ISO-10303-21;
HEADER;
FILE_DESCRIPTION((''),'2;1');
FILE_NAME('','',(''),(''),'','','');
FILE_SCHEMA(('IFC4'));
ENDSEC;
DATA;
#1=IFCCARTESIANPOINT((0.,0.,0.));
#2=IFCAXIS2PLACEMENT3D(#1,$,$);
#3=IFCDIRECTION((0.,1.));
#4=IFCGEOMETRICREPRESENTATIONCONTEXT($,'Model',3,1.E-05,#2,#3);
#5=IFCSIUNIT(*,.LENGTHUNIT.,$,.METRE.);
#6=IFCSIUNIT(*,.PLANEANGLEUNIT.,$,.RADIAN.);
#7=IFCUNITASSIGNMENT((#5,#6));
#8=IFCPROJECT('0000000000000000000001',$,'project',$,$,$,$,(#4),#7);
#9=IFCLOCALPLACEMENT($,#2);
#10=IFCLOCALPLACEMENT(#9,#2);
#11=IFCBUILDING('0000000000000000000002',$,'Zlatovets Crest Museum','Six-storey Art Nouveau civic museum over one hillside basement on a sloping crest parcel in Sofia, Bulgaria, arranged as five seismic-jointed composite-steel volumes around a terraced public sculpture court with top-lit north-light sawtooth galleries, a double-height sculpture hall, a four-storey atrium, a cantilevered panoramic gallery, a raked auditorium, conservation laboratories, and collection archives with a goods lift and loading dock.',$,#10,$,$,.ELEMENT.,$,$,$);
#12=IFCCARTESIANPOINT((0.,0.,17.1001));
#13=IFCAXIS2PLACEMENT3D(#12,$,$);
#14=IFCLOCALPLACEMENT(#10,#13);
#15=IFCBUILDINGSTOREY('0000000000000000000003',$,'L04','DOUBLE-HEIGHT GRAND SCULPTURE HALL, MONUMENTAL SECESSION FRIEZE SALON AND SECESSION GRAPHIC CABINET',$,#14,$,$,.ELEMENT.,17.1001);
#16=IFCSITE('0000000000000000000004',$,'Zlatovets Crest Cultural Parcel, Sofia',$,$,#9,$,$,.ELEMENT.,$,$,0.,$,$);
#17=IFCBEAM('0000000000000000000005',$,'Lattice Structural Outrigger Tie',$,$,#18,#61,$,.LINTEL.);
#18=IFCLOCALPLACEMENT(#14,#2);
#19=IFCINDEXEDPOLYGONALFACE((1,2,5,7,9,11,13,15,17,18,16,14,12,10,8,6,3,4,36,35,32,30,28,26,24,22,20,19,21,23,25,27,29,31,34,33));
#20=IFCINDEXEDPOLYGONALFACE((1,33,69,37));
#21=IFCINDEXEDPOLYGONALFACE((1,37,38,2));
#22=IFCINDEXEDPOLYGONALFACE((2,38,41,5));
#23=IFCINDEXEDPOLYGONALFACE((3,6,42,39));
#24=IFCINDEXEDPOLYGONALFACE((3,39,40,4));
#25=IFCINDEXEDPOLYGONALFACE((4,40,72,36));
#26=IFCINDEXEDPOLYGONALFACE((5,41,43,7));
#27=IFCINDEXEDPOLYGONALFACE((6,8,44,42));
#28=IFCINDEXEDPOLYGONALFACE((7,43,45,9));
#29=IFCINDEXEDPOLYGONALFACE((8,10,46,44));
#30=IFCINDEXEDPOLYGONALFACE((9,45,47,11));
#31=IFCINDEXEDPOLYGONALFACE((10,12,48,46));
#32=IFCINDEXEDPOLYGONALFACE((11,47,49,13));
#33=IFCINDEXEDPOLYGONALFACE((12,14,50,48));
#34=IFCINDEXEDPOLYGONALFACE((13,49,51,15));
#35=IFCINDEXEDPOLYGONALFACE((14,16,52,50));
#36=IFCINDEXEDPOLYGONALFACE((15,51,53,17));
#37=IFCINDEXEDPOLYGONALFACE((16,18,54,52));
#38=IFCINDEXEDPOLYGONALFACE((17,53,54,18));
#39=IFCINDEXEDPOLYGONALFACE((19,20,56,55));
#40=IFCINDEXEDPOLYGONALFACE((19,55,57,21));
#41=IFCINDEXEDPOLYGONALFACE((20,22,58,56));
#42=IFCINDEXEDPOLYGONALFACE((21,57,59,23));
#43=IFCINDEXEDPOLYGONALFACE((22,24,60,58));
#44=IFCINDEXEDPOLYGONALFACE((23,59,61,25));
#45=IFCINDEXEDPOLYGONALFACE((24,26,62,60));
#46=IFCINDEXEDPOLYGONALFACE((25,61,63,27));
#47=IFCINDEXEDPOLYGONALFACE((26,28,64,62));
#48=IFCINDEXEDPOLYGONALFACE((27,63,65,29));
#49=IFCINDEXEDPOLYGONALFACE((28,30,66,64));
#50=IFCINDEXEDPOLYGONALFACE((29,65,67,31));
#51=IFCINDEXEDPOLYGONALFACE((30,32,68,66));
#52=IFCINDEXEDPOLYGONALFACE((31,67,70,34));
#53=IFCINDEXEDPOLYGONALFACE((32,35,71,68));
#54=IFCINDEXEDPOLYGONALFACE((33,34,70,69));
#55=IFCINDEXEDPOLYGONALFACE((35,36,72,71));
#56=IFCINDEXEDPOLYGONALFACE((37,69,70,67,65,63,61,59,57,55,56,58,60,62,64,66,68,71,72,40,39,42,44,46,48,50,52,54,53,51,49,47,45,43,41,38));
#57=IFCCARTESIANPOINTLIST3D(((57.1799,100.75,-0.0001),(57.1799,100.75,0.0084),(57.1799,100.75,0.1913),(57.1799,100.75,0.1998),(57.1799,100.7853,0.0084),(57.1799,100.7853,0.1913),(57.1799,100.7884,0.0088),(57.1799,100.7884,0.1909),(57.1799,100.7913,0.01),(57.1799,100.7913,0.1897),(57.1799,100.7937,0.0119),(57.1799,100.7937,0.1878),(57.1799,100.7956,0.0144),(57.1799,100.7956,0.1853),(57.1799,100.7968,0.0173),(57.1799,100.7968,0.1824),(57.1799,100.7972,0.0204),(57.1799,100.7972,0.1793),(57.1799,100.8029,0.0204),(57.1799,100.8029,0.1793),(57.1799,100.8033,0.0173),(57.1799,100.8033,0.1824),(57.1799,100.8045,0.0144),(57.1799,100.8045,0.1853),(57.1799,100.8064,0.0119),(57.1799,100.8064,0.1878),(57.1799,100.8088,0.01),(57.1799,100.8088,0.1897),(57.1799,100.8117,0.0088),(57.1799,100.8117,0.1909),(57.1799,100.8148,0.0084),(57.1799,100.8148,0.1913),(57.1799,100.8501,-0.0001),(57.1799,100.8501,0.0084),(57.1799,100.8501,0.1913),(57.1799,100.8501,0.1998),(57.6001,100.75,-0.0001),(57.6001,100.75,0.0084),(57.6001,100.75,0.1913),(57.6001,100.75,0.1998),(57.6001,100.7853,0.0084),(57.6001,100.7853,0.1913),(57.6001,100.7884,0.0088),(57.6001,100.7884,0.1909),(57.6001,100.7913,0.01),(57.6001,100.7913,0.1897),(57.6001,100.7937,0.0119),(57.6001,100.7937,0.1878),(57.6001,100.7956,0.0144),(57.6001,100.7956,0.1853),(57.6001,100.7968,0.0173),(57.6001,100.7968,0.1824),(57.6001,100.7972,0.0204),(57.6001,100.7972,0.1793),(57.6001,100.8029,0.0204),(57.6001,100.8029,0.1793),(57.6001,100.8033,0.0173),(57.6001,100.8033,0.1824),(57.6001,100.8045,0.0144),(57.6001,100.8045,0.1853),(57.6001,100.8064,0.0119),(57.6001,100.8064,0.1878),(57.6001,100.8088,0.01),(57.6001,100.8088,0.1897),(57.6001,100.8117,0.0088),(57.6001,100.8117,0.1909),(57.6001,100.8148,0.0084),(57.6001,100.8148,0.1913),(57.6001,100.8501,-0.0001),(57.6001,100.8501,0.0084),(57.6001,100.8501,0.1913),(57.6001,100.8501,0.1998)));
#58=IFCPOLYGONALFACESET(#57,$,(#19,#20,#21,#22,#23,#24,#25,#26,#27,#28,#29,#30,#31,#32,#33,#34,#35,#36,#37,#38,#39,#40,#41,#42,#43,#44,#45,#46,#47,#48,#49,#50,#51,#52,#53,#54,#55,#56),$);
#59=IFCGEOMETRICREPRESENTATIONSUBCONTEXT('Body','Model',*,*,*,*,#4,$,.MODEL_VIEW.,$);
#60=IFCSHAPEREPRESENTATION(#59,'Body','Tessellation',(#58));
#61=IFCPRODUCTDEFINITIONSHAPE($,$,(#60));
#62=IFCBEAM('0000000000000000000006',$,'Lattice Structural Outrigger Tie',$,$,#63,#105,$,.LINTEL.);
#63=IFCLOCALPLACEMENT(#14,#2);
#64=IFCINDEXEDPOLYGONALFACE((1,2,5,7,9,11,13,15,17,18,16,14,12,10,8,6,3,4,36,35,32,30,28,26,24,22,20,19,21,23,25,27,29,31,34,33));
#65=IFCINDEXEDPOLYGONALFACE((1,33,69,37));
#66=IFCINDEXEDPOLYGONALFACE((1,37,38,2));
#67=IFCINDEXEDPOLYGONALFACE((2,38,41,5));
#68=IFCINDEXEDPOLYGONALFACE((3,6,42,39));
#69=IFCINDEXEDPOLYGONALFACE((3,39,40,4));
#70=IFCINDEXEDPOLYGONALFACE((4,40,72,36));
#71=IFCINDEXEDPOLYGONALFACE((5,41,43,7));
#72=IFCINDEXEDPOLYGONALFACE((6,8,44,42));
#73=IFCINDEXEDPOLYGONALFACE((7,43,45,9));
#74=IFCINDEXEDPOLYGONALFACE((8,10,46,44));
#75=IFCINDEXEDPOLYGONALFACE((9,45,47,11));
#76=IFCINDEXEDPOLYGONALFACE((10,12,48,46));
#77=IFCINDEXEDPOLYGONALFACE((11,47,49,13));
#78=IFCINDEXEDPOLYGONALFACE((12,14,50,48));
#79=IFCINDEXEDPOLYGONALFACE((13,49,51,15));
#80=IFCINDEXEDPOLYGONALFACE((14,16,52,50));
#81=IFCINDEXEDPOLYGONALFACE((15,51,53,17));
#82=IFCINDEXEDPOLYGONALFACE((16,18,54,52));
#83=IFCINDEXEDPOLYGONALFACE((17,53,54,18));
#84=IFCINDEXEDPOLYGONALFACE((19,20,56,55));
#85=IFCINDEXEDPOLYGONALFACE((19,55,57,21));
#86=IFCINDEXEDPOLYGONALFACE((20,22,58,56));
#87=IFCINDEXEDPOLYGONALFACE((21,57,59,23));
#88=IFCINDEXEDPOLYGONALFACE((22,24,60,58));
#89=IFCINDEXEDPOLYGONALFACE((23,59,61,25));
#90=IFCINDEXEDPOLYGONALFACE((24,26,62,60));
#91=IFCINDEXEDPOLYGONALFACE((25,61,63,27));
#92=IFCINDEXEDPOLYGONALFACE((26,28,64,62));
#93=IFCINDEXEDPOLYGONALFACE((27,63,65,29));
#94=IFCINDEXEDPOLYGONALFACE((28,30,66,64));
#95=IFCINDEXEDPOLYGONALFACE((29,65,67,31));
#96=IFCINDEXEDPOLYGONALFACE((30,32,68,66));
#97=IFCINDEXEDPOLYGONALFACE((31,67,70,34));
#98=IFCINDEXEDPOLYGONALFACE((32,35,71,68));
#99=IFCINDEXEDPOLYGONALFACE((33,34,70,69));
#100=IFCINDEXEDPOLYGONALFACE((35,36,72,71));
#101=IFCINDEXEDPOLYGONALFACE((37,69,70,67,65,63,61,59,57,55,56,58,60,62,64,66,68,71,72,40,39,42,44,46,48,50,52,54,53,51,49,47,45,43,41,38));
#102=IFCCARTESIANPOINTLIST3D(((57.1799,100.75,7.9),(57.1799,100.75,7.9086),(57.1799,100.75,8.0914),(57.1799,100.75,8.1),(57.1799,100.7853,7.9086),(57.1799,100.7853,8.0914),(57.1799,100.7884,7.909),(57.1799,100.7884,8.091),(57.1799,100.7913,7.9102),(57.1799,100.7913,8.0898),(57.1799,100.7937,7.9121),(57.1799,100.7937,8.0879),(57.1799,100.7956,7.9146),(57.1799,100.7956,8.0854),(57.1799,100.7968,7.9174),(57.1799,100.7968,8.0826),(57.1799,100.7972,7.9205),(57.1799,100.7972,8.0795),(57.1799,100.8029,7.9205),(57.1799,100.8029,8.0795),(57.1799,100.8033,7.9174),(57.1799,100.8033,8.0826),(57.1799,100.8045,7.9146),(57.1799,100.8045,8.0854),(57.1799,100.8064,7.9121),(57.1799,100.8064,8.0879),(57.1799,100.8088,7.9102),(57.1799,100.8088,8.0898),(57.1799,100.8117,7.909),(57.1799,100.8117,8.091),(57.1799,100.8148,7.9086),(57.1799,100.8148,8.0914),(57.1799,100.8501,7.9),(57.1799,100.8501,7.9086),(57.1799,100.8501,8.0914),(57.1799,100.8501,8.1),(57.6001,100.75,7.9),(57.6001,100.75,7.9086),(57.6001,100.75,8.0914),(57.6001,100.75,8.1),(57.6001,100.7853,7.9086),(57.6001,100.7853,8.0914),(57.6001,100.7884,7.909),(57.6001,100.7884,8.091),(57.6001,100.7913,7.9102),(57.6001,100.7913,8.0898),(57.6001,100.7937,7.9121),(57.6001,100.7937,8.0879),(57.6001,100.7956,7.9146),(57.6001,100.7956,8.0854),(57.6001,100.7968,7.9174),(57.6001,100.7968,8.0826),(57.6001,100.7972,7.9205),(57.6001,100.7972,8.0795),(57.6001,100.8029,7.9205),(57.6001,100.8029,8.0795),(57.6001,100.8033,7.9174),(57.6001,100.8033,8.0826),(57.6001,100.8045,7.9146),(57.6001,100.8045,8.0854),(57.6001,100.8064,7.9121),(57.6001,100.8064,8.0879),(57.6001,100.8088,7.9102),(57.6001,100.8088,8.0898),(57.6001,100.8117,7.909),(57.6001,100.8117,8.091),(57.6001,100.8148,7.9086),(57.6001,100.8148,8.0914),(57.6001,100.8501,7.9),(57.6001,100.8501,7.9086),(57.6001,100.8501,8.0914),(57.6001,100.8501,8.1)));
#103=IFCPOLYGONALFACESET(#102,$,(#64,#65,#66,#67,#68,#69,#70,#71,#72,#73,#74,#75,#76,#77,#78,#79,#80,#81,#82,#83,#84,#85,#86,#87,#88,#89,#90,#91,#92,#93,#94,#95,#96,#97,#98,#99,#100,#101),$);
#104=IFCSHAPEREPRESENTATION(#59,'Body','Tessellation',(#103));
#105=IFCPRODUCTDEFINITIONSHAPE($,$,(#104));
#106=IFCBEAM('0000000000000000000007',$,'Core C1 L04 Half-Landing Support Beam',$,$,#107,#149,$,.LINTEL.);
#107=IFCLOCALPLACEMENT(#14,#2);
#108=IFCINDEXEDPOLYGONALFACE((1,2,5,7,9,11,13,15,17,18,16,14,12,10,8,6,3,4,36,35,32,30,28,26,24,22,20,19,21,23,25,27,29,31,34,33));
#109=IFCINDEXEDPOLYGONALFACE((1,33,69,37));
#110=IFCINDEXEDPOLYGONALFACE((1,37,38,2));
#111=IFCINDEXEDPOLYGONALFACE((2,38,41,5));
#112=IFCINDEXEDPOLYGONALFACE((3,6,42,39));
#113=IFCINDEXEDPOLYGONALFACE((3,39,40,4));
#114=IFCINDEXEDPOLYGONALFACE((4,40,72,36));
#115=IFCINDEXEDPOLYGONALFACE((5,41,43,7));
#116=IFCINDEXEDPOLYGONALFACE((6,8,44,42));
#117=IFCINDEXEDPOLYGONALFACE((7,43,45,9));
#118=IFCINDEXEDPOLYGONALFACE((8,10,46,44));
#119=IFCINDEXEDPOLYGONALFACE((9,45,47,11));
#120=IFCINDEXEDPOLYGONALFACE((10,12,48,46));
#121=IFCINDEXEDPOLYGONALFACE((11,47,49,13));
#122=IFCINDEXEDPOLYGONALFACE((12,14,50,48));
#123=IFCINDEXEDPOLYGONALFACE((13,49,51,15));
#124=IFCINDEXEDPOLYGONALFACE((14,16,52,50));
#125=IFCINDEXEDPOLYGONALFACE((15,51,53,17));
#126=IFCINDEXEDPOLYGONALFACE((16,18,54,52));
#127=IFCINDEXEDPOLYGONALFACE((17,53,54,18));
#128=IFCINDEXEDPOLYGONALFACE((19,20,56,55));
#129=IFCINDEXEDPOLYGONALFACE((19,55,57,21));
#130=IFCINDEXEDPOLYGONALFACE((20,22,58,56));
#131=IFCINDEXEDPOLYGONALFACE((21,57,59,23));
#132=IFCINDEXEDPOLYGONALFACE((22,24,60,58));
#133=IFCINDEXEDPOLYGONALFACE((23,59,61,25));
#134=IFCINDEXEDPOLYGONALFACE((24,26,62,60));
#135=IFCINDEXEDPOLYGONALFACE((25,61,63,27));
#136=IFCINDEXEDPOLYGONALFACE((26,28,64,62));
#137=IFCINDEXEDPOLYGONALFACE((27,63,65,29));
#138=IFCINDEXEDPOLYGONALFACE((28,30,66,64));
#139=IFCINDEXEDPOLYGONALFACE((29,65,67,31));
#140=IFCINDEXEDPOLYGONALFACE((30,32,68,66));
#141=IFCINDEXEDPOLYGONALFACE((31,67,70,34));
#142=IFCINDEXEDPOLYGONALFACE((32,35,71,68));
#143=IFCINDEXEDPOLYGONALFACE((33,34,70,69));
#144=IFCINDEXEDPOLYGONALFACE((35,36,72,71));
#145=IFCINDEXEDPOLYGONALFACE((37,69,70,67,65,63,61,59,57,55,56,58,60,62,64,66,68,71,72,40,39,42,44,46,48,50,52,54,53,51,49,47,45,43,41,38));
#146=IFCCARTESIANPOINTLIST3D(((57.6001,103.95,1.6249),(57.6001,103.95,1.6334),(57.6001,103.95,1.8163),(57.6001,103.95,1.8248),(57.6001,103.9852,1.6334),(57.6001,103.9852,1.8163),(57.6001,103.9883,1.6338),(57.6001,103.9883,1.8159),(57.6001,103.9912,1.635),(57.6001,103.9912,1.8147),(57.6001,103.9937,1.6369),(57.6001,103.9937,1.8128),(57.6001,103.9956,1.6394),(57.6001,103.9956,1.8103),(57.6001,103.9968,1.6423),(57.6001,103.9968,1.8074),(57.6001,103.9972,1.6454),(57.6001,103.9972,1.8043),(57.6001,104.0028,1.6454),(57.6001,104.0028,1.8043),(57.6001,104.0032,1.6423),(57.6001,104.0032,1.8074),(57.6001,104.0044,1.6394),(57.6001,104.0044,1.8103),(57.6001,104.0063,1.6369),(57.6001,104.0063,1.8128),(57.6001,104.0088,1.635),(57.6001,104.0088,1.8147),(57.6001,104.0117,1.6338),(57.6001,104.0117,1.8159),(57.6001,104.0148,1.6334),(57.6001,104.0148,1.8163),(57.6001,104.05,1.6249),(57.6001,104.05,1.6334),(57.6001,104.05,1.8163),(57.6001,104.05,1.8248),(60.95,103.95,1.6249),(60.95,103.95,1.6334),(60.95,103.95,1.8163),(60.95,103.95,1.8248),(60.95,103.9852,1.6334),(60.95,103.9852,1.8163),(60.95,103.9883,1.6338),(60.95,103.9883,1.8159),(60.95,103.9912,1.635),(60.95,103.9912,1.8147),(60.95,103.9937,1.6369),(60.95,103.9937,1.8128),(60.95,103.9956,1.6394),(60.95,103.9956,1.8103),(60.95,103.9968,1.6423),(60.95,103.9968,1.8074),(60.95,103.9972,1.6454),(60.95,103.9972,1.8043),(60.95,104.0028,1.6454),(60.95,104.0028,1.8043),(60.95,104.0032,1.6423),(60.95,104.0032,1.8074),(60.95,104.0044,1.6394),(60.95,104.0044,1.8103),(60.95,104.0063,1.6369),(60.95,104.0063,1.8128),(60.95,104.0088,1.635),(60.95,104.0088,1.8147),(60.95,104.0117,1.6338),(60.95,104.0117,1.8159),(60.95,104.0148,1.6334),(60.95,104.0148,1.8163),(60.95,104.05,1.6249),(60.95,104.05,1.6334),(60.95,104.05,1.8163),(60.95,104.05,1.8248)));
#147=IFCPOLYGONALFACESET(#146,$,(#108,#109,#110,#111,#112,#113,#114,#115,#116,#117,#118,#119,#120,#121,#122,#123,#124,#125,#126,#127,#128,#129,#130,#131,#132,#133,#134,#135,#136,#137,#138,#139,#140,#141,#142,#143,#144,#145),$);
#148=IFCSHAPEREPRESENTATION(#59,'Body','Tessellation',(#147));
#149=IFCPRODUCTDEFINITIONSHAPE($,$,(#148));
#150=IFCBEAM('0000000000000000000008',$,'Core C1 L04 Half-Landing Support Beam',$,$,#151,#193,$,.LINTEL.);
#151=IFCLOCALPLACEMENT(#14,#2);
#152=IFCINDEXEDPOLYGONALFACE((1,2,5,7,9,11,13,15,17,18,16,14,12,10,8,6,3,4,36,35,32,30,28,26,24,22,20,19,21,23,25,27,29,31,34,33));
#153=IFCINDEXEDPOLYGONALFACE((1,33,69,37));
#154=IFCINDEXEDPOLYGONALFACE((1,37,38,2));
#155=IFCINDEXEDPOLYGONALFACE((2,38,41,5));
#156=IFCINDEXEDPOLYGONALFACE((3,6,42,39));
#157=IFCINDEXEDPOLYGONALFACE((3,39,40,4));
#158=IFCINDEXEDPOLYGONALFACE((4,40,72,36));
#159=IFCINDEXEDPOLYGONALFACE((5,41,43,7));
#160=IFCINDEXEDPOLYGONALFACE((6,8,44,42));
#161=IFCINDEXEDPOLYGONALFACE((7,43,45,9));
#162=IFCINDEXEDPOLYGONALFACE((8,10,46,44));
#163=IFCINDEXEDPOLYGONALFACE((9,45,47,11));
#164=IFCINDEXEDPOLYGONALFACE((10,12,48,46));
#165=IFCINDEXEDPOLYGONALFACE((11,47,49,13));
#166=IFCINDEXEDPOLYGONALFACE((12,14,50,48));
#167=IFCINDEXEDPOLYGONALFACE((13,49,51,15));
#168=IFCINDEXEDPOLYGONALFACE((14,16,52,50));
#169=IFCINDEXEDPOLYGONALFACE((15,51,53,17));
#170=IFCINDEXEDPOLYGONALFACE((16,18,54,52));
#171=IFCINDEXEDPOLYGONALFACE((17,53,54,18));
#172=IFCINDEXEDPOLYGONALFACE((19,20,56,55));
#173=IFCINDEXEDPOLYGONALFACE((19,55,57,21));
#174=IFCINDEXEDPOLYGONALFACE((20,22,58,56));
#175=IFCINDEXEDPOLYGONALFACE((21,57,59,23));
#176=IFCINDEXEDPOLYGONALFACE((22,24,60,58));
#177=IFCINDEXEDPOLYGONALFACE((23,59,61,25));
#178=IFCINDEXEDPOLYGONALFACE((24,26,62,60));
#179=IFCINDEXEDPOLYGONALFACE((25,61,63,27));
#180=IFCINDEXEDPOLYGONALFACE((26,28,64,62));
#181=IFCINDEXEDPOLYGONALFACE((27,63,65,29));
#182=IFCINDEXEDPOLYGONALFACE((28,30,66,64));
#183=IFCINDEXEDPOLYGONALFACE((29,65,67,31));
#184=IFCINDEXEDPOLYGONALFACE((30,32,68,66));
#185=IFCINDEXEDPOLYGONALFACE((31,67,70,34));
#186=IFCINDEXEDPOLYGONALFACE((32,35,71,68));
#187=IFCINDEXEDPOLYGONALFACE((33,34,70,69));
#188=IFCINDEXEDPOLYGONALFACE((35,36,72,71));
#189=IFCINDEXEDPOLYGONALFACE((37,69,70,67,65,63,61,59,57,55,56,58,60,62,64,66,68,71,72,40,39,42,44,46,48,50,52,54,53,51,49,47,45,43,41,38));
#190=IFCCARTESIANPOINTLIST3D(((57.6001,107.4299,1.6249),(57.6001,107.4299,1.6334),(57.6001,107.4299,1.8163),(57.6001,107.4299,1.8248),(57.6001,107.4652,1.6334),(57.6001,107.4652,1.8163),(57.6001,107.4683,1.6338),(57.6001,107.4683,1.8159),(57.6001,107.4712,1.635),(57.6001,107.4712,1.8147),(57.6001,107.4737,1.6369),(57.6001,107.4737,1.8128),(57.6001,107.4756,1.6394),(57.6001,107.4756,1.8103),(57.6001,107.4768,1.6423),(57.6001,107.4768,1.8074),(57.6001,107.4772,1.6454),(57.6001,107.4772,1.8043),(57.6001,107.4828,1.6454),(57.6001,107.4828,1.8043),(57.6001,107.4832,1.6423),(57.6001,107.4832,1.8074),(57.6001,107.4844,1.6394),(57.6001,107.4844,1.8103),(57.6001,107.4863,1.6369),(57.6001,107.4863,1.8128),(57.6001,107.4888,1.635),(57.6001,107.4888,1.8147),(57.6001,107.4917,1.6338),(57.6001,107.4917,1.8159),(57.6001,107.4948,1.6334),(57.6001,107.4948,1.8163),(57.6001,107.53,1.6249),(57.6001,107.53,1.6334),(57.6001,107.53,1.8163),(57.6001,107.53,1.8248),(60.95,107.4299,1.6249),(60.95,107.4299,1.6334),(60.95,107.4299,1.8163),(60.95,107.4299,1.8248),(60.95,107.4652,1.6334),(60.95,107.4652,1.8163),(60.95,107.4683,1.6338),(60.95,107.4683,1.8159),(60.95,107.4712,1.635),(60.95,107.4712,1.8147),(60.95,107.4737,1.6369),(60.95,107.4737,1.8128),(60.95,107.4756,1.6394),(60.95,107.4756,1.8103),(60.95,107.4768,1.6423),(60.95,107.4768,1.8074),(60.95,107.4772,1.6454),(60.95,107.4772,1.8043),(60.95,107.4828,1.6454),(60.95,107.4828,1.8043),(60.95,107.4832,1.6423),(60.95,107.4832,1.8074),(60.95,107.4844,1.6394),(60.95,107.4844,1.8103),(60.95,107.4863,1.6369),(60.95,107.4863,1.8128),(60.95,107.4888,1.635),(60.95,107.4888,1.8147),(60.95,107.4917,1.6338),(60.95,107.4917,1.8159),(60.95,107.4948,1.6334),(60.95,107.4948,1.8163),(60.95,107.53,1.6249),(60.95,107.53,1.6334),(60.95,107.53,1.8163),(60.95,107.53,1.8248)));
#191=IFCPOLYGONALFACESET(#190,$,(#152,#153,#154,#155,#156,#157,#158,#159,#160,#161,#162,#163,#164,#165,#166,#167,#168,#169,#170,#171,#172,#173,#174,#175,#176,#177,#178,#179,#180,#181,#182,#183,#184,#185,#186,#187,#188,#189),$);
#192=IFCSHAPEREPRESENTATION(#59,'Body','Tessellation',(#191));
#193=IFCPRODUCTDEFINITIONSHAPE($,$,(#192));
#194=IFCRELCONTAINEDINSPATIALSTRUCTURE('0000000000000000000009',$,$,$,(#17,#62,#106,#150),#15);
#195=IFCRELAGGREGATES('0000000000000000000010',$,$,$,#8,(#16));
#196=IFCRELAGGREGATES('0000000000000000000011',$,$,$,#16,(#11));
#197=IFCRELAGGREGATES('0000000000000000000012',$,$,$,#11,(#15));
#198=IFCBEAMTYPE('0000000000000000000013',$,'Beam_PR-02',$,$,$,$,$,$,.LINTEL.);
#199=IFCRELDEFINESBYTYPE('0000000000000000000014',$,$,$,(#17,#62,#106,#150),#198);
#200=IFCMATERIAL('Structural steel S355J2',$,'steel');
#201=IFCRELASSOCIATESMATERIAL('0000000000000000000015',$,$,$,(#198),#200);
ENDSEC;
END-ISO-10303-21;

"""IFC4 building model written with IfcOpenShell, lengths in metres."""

from ifc_helpers import new_model, si_unit, direction, frame, origin, origin_2d, place, context, subcontext, project, spatial, i_section, extrude, material, material_profile, profile_set, type_object, element, save


model = new_model("IFC4")

# Units and contexts
model_context = context("Model", 3, precision=1e-05, world=origin(), true_north=direction((0.0, 1.0)))
body_context = subcontext(model_context, "Body", "Model", "MODEL_VIEW")
ifc_project = project(units=[si_unit("LENGTHUNIT", "METRE"), si_unit("PLANEANGLEUNIT", "RADIAN")], contexts=[model_context])

# Site, building, storey
site_placement = place(None, origin())
site = spatial("IfcSite", under=ifc_project, at=site_placement, Name="Zlatovets Crest Cultural Parcel, Sofia", CompositionType="ELEMENT", RefElevation=0.0)
building_placement = place(site_placement, origin())
building = spatial("IfcBuilding", under=site, at=building_placement, Name="Zlatovets Crest Museum", Description="Six-storey Art Nouveau civic museum over one hillside basement on a sloping crest parcel in Sofia, Bulgaria, arranged as five seismic-jointed composite-steel volumes around a terraced public sculpture court with top-lit north-light sawtooth galleries, a double-height sculpture hall, a four-storey atrium, a cantilevered panoramic gallery, a raked auditorium, conservation laboratories, and collection archives with a goods lift and loading dock.", CompositionType="ELEMENT")
storey_placement = place(building_placement, frame((0.0, 0.0, 17.1001)))
storey = spatial("IfcBuildingStorey", under=building, at=storey_placement, Name="L04", Description="DOUBLE-HEIGHT GRAND SCULPTURE HALL, MONUMENTAL SECESSION FRIEZE SALON AND SECESSION GRAPHIC CABINET", CompositionType="ELEMENT", Elevation=17.1001)

# Shared definitions
ifc_material_1 = material(Name="Structural steel S355J2", Category="steel")

# Beams
ifc_material_profile_1 = material_profile(ifc_material_1, i_section(OverallWidth=0.1001, OverallDepth=0.2, WebThickness=0.0056, FlangeThickness=0.0085, FilletRadius=0.012, at=origin_2d()), Name="IPE 200")
ifc_profile_set_1 = profile_set([ifc_material_profile_1], Name="Structural steel S355J2")
beam_type_1 = type_object("IfcBeamType", Name="Beam_PR-02", PredefinedType="LINTEL", material=ifc_profile_set_1)
for number, where, z_axis, x_axis, name in (
    (1, (57.6001, 100.8, 0.0999), (-1.0, 0.0, 0.0), (0.0, -1.0, 0.0), "Lattice Structural Outrigger Tie"),
    (2, (57.6001, 100.8, 8.0), (-1.0, 0.0, 0.0), (0.0, -1.0, 0.0), "Lattice Structural Outrigger Tie"),
):
    element("IfcBeam", number, at=place(storey_placement, frame(where, z_axis=z_axis, x_axis=x_axis)), inside=storey, type_object=beam_type_1, Name=name, PredefinedType="LINTEL", context=body_context, shape_type="SweptSolid", body=[
        extrude(i_section(OverallWidth=0.1001, OverallDepth=0.2, WebThickness=0.0056, FlangeThickness=0.0085, FilletRadius=0.012, at=origin_2d()), origin(), (0.0, 0.0, 1.0), 0.4202),
    ])
for number, where, z_axis, x_axis, name in (
    (3, (57.6001, 104.0, 1.7249), (1.0, 0.0, 0.0), (0.0, 1.0, 0.0), "Core C1 L04 Half-Landing Support Beam"),
    (4, (57.6001, 107.48, 1.7249), (1.0, 0.0, 0.0), (0.0, 1.0, 0.0), "Core C1 L04 Half-Landing Support Beam"),
):
    element("IfcBeam", number, at=place(storey_placement, frame(where, z_axis=z_axis, x_axis=x_axis)), inside=storey, type_object=beam_type_1, Name=name, PredefinedType="LINTEL", context=body_context, shape_type="SweptSolid", body=[
        extrude(i_section(OverallWidth=0.1001, OverallDepth=0.2, WebThickness=0.0056, FlangeThickness=0.0085, FilletRadius=0.012, at=origin_2d()), origin(), (0.0, 0.0, 1.0), 3.3499),
    ])

save(model, "model.ifc")
